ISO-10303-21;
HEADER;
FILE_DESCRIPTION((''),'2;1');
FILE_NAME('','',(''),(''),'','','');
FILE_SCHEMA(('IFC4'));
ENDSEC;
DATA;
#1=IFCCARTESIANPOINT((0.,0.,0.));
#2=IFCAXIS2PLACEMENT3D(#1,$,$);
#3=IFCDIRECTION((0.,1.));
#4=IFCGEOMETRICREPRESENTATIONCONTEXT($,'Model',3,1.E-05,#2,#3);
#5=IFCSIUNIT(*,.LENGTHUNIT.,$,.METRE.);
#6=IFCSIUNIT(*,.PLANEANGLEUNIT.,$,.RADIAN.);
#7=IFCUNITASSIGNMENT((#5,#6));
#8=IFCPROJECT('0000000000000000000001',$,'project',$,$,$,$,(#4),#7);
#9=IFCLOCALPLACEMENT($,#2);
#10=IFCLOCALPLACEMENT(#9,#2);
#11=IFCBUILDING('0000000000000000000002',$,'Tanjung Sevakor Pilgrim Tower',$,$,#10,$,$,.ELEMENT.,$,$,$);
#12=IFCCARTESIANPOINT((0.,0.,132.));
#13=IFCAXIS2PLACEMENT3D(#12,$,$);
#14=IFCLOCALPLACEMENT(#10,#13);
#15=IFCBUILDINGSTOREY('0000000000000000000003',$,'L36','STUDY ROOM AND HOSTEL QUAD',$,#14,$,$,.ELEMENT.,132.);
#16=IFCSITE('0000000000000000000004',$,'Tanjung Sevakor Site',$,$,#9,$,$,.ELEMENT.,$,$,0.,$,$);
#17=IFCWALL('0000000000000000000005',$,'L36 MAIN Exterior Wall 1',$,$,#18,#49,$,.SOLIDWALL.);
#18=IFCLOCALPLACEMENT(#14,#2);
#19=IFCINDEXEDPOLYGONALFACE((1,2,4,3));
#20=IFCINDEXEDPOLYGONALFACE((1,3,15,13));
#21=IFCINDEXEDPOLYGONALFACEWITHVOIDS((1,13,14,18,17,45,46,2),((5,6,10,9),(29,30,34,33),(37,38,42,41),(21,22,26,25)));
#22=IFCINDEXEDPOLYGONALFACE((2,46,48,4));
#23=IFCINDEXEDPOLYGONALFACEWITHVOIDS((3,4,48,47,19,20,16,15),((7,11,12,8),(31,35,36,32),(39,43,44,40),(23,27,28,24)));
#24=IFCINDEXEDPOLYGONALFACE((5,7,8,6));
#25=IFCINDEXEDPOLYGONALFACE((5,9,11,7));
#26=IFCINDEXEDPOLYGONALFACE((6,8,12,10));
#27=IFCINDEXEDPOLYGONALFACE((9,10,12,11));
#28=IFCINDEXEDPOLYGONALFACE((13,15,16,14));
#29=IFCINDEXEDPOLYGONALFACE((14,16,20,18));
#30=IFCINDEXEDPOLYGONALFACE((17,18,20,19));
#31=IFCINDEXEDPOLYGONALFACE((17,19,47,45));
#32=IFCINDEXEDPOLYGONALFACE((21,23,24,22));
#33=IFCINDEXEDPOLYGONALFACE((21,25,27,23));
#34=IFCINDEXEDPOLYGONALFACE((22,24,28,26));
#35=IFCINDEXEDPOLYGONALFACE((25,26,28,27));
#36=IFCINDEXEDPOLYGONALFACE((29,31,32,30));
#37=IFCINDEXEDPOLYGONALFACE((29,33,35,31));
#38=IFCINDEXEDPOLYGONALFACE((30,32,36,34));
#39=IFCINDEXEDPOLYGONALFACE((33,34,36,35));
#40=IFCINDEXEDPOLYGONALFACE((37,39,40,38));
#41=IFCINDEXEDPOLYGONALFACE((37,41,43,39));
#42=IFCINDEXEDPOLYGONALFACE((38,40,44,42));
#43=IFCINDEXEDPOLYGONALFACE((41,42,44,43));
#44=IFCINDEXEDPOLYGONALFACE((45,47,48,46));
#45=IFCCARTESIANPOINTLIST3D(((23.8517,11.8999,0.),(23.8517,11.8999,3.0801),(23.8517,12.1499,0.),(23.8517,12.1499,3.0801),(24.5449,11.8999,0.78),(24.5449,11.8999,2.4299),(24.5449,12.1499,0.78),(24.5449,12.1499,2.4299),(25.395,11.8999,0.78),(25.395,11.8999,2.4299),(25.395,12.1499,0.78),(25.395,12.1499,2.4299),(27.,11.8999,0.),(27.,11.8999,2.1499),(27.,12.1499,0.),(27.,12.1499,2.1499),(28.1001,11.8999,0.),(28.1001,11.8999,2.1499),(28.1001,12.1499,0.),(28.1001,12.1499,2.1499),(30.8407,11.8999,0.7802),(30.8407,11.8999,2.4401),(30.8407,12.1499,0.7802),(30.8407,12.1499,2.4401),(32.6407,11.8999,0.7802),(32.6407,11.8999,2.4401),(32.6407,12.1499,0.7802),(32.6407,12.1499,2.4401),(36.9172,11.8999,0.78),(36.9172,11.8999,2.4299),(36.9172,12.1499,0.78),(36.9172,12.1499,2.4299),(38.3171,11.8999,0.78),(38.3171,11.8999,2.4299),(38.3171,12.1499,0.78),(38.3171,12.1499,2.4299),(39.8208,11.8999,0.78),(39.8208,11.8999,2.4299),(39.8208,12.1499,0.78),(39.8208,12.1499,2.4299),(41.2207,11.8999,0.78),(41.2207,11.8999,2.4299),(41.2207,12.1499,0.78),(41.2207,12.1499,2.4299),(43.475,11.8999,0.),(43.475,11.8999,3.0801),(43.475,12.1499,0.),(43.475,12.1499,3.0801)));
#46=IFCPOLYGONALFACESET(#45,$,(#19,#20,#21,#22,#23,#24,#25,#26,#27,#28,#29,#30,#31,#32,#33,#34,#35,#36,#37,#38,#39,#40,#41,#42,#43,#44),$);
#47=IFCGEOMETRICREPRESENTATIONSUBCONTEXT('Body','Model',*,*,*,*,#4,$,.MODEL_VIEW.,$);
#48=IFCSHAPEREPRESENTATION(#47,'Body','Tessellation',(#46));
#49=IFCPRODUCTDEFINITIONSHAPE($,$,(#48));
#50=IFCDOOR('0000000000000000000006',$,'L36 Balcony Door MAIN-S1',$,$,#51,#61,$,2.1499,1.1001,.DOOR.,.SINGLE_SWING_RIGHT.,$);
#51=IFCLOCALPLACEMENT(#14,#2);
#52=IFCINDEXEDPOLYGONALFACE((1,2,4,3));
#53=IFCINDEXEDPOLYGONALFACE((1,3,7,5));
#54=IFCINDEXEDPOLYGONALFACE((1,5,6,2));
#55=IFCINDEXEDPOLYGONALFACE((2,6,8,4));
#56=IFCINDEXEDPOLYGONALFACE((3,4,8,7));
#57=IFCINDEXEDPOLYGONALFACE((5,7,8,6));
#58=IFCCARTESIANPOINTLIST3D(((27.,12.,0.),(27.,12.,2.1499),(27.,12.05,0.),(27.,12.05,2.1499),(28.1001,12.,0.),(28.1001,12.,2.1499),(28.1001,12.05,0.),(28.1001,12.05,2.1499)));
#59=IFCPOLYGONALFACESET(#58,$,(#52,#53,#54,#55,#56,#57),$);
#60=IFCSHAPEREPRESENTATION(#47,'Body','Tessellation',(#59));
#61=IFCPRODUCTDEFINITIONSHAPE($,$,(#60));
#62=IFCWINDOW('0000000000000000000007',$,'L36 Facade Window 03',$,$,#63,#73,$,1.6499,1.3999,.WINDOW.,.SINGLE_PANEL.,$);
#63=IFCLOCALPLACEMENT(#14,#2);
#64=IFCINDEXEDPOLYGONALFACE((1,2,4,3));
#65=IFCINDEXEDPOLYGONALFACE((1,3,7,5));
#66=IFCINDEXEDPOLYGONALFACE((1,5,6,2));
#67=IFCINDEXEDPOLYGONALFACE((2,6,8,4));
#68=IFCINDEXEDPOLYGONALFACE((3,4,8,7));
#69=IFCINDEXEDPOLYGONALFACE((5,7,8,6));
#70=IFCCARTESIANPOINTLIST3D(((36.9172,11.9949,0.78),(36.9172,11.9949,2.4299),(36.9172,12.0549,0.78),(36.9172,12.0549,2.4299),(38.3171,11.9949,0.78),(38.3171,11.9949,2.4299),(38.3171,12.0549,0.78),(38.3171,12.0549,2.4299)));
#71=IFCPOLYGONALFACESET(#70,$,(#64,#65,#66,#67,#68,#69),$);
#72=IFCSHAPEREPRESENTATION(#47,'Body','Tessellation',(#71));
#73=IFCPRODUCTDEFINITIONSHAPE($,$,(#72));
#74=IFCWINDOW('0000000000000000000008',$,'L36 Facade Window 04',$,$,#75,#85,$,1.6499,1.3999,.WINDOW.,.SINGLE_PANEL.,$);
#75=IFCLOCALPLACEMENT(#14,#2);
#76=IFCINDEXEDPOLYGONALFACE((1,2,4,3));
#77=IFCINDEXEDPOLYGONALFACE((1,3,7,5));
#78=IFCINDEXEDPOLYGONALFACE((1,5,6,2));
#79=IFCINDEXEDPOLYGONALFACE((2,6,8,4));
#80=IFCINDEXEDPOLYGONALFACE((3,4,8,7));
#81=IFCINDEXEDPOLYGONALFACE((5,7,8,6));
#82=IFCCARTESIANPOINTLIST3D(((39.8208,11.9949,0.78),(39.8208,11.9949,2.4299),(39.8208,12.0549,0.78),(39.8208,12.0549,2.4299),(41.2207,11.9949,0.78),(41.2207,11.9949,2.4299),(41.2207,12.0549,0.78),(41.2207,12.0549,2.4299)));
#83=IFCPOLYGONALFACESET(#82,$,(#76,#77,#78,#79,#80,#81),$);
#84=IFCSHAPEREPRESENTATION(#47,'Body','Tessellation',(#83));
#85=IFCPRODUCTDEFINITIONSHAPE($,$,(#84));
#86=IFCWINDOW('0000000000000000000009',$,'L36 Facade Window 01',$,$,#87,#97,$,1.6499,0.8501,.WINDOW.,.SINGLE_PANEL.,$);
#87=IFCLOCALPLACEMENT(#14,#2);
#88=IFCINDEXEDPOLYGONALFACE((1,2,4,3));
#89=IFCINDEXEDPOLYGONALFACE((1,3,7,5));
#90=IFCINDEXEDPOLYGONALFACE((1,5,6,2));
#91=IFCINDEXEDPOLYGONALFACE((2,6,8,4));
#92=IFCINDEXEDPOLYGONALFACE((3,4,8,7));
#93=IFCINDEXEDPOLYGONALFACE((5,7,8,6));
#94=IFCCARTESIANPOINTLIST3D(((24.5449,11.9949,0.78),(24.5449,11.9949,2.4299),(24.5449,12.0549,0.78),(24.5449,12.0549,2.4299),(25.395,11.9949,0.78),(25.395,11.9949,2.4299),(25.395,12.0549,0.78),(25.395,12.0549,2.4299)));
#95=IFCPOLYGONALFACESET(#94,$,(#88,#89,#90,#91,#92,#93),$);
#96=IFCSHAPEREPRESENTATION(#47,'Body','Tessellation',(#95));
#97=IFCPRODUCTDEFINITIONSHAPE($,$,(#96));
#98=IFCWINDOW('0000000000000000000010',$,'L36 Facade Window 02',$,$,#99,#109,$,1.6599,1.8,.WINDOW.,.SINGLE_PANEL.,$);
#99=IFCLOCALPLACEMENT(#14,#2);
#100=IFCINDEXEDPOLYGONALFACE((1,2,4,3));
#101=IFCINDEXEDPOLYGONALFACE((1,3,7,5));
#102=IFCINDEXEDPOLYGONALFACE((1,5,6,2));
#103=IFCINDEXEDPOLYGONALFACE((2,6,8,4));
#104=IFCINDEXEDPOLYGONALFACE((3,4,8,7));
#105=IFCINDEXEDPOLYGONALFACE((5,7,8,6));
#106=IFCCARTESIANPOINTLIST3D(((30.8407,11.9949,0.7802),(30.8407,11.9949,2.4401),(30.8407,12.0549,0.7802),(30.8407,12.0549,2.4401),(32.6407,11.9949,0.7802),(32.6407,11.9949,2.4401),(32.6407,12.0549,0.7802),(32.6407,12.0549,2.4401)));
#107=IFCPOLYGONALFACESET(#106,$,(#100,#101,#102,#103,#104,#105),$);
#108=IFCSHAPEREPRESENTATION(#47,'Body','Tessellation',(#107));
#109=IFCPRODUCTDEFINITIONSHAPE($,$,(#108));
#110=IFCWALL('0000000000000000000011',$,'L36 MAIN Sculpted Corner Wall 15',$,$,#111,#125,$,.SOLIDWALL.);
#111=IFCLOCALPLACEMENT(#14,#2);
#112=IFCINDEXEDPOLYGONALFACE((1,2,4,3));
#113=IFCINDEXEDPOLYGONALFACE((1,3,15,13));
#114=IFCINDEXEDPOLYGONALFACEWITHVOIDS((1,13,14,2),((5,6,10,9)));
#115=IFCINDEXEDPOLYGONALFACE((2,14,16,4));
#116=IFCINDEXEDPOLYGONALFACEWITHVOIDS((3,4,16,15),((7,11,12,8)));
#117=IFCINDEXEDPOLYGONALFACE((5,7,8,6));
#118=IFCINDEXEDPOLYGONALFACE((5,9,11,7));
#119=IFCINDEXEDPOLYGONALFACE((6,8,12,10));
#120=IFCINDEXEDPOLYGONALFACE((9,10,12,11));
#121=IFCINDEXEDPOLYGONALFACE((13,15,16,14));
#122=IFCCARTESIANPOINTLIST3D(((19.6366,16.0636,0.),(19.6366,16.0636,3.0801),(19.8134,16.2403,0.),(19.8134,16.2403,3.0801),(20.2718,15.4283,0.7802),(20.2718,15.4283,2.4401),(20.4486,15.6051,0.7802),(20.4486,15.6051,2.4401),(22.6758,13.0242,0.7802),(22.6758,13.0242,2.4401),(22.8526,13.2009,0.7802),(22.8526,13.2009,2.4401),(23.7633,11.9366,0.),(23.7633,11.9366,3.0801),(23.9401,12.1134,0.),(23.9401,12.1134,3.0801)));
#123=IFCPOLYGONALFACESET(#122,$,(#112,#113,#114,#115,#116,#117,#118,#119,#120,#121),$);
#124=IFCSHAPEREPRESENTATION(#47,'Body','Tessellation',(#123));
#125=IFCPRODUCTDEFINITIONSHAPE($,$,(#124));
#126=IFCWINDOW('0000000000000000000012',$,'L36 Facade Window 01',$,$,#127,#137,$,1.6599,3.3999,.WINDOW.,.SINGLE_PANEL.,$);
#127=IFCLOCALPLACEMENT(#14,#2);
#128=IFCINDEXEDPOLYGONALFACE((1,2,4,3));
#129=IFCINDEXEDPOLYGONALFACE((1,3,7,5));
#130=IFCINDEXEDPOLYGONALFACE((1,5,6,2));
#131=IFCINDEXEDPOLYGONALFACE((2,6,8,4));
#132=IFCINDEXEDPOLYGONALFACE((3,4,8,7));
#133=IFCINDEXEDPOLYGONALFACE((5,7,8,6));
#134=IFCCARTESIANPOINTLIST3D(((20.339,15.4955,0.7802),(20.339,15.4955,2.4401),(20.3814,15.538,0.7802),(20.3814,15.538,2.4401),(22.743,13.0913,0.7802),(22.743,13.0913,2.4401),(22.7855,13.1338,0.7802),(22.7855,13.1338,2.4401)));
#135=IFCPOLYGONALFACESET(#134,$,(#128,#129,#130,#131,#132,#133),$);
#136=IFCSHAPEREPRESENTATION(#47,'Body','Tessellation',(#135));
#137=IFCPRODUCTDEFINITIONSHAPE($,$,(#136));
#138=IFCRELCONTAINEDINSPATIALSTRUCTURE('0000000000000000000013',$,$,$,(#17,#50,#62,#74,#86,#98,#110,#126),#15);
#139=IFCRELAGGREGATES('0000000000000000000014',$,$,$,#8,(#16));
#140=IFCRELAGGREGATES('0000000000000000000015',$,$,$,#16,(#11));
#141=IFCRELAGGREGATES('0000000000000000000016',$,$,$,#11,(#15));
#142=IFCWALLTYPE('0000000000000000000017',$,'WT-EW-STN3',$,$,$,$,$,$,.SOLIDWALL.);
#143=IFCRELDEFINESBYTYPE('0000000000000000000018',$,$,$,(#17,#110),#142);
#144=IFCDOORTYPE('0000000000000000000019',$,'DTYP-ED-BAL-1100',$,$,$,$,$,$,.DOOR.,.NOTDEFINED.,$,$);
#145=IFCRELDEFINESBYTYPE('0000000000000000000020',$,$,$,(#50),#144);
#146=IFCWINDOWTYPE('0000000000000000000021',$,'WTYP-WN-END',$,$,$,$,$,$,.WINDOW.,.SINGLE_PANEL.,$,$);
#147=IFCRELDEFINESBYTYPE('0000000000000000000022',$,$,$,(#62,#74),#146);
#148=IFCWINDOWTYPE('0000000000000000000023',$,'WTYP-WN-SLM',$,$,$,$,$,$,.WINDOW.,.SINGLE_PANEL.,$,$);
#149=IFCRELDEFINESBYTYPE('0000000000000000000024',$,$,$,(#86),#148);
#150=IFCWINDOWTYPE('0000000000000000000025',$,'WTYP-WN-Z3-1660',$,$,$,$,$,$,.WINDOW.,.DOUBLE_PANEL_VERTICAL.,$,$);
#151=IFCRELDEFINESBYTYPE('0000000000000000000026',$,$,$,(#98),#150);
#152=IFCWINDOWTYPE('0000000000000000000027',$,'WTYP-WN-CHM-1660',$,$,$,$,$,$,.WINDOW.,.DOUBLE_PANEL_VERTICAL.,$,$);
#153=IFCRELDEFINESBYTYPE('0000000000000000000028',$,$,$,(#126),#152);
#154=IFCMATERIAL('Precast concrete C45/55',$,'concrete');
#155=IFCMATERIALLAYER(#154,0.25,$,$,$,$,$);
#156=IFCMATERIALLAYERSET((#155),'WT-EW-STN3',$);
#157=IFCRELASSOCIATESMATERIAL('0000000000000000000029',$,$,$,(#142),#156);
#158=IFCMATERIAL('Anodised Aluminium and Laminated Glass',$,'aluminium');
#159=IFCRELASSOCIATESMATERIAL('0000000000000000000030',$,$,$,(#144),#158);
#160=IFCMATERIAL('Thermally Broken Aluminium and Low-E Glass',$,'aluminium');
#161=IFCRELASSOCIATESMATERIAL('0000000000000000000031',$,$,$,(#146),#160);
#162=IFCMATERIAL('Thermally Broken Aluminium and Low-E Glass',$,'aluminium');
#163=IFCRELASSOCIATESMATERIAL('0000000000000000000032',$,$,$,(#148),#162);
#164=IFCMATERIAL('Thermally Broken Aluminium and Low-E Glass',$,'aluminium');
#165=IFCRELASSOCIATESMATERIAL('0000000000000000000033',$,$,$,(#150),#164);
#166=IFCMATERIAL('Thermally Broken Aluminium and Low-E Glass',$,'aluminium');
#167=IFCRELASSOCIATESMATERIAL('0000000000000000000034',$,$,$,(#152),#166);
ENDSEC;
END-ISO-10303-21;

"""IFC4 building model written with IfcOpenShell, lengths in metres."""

from ifc_helpers import new_model, si_unit, direction, frame, frame_2d, origin, place, context, subcontext, project, spatial, rectangle, extrude, material, layer, layer_set, type_object, element, fill, save


model = new_model("IFC4")

# Units and contexts
model_context = context("Model", 3, precision=1e-05, world=origin(), true_north=direction((0.0, 1.0)))
body_context = subcontext(model_context, "Body", "Model", "MODEL_VIEW")
ifc_project = project(units=[si_unit("LENGTHUNIT", "METRE"), si_unit("PLANEANGLEUNIT", "RADIAN")], contexts=[model_context])

# Site, building, storey
site_placement = place(None, origin())
site = spatial("IfcSite", under=ifc_project, at=site_placement, Name="Tanjung Sevakor Site", CompositionType="ELEMENT", RefElevation=0.0)
building_placement = place(site_placement, origin())
building = spatial("IfcBuilding", under=site, at=building_placement, Name="Tanjung Sevakor Pilgrim Tower", CompositionType="ELEMENT")
storey_placement = place(building_placement, frame((0.0, 0.0, 132.0)))
storey = spatial("IfcBuildingStorey", under=building, at=storey_placement, Name="L36", Description="STUDY ROOM AND HOSTEL QUAD", CompositionType="ELEMENT", Elevation=132.0)

# Wall, openings, door, windows
ifc_material_1 = material(Name="Precast concrete C45/55", Category="concrete")
ifc_layer_1 = layer(ifc_material_1, 0.25)
ifc_layer_set_1 = layer_set([ifc_layer_1], Name="WT-EW-STN3")
wall_type_1 = type_object("IfcWallType", Name="WT-EW-STN3", PredefinedType="SOLIDWALL", material=ifc_layer_set_1)
wall_1_placement = place(storey_placement, frame((23.8518, 12.0249, 0.0), z_axis=(0.0, 0.0, 1.0), x_axis=(1.0, 0.0, 0.0)))
wall_1 = element("IfcWall", 1, at=wall_1_placement, inside=storey, type_object=wall_type_1, Name="L36 MAIN Exterior Wall 1", PredefinedType="SOLIDWALL", context=body_context, shape_type="SweptSolid", body=[
    extrude(rectangle(XDim=19.6233, YDim=0.25, at=frame_2d((9.8115, 0.0))), origin(), (0.0, 0.0, 1.0), 3.0801),
])
opening_1_placement = place(wall_1_placement, frame((3.1482, 0.0, 0.0)))
opening_1 = element("IfcOpeningElement", 2, at=opening_1_placement, cuts=wall_1, PredefinedType="OPENING", context=body_context, shape_type="SweptSolid", body=[
    extrude(rectangle(XDim=1.1001, YDim=2.1499, at=frame_2d((0.55, 1.075))), frame((0.0, 0.135, 0.0), z_axis=(0.0, -1.0, 0.0), x_axis=(1.0, 0.0, 0.0)), (0.0, 0.0, 1.0), 0.27),
])
opening_2_placement = place(wall_1_placement, frame((0.6931, 0.0, 0.78)))
opening_2 = element("IfcOpeningElement", 3, at=opening_2_placement, cuts=wall_1, PredefinedType="OPENING", context=body_context, shape_type="SweptSolid", body=[
    extrude(rectangle(XDim=0.8501, YDim=1.6499, at=frame_2d((0.425, 0.825))), frame((0.0, 0.135, 0.0), z_axis=(0.0, -1.0, 0.0), x_axis=(1.0, 0.0, 0.0)), (0.0, 0.0, 1.0), 0.27),
])
opening_3_placement = place(wall_1_placement, frame((6.989, 0.0, 0.78)))
opening_3 = element("IfcOpeningElement", 4, at=opening_3_placement, cuts=wall_1, PredefinedType="OPENING", context=body_context, shape_type="SweptSolid", body=[
    extrude(rectangle(XDim=1.8, YDim=1.6599, at=frame_2d((0.8999, 0.8301))), frame((0.0, 0.135, 0.0), z_axis=(0.0, -1.0, 0.0), x_axis=(1.0, 0.0, 0.0)), (0.0, 0.0, 1.0), 0.27),
])
opening_4_placement = place(wall_1_placement, frame((13.0654, 0.0, 0.78)))
opening_4 = element("IfcOpeningElement", 5, at=opening_4_placement, cuts=wall_1, PredefinedType="OPENING", context=body_context, shape_type="SweptSolid", body=[
    extrude(rectangle(XDim=1.3999, YDim=1.6499, at=frame_2d((0.7, 0.825))), frame((0.0, 0.135, 0.0), z_axis=(0.0, -1.0, 0.0), x_axis=(1.0, 0.0, 0.0)), (0.0, 0.0, 1.0), 0.27),
])
opening_5_placement = place(wall_1_placement, frame((15.969, 0.0, 0.78)))
opening_5 = element("IfcOpeningElement", 6, at=opening_5_placement, cuts=wall_1, PredefinedType="OPENING", context=body_context, shape_type="SweptSolid", body=[
    extrude(rectangle(XDim=1.3999, YDim=1.6499, at=frame_2d((0.7, 0.825))), frame((0.0, 0.135, 0.0), z_axis=(0.0, -1.0, 0.0), x_axis=(1.0, 0.0, 0.0)), (0.0, 0.0, 1.0), 0.27),
])
ifc_material_2 = material(Name="Anodised Aluminium and Laminated Glass", Category="aluminium")
door_type_1 = type_object("IfcDoorType", Name="DTYP-ED-BAL-1100", OperationType="NOTDEFINED", PredefinedType="DOOR", material=ifc_material_2)
door_1_placement = place(opening_1_placement, frame((1.1001, 0.0, 0.0), z_axis=(0.0, 0.0, 1.0), x_axis=(-1.0, 0.0, 0.0)))
door_1 = element("IfcDoor", 7, at=door_1_placement, inside=storey, type_object=door_type_1, Name="L36 Balcony Door MAIN-S1", OperationType="SINGLE_SWING_RIGHT", OverallHeight=2.1499, OverallWidth=1.1001, PredefinedType="DOOR", context=body_context, shape_type="SweptSolid", body=[
    extrude(rectangle(XDim=1.1001, YDim=2.1499, at=frame_2d((0.55, 1.075))), frame((0.0, 0.0249, 0.0), z_axis=(0.0, -1.0, 0.0), x_axis=(1.0, 0.0, 0.0)), (0.0, 0.0, 1.0), 0.05),
])
fill(opening_1, door_1)
ifc_material_3 = material(Name="Thermally Broken Aluminium and Low-E Glass", Category="aluminium")
window_type_1 = type_object("IfcWindowType", Name="WTYP-WN-END", PartitioningType="SINGLE_PANEL", PredefinedType="WINDOW", material=ifc_material_3)
window_1_placement = place(opening_4_placement, origin())
window_1 = element("IfcWindow", 8, at=window_1_placement, inside=storey, type_object=window_type_1, Name="L36 Facade Window 03", OverallHeight=1.6499, OverallWidth=1.3999, PartitioningType="SINGLE_PANEL", PredefinedType="WINDOW", context=body_context, shape_type="SweptSolid", body=[
    extrude(rectangle(XDim=1.3999, YDim=1.6499, at=frame_2d((0.7, 0.825))), frame((0.0, 0.03, 0.0), z_axis=(0.0, -1.0, 0.0), x_axis=(1.0, 0.0, 0.0)), (0.0, 0.0, 1.0), 0.0601),
])
fill(opening_4, window_1)
window_2_placement = place(opening_5_placement, origin())
window_2 = element("IfcWindow", 9, at=window_2_placement, inside=storey, type_object=window_type_1, Name="L36 Facade Window 04", OverallHeight=1.6499, OverallWidth=1.3999, PartitioningType="SINGLE_PANEL", PredefinedType="WINDOW", context=body_context, shape_type="SweptSolid", body=[
    extrude(rectangle(XDim=1.3999, YDim=1.6499, at=frame_2d((0.7, 0.825))), frame((0.0, 0.03, 0.0), z_axis=(0.0, -1.0, 0.0), x_axis=(1.0, 0.0, 0.0)), (0.0, 0.0, 1.0), 0.0601),
])
fill(opening_5, window_2)
ifc_material_4 = material(Name="Thermally Broken Aluminium and Low-E Glass", Category="aluminium")
window_type_2 = type_object("IfcWindowType", Name="WTYP-WN-SLM", PartitioningType="SINGLE_PANEL", PredefinedType="WINDOW", material=ifc_material_4)
window_3_placement = place(opening_2_placement, origin())
window_3 = element("IfcWindow", 10, at=window_3_placement, inside=storey, type_object=window_type_2, Name="L36 Facade Window 01", OverallHeight=1.6499, OverallWidth=0.8501, PartitioningType="SINGLE_PANEL", PredefinedType="WINDOW", context=body_context, shape_type="SweptSolid", body=[
    extrude(rectangle(XDim=0.8501, YDim=1.6499, at=frame_2d((0.425, 0.825))), frame((0.0, 0.03, 0.0), z_axis=(0.0, -1.0, 0.0), x_axis=(1.0, 0.0, 0.0)), (0.0, 0.0, 1.0), 0.0601),
])
fill(opening_2, window_3)
ifc_material_5 = material(Name="Thermally Broken Aluminium and Low-E Glass", Category="aluminium")
window_type_3 = type_object("IfcWindowType", Name="WTYP-WN-Z3-1660", PartitioningType="DOUBLE_PANEL_VERTICAL", PredefinedType="WINDOW", material=ifc_material_5)
window_4_placement = place(opening_3_placement, origin())
window_4 = element("IfcWindow", 11, at=window_4_placement, inside=storey, type_object=window_type_3, Name="L36 Facade Window 02", OverallHeight=1.6599, OverallWidth=1.8, PartitioningType="SINGLE_PANEL", PredefinedType="WINDOW", context=body_context, shape_type="SweptSolid", body=[
    extrude(rectangle(XDim=1.8, YDim=1.6599, at=frame_2d((0.8999, 0.8301))), frame((0.0, 0.03, 0.0), z_axis=(0.0, -1.0, 0.0), x_axis=(1.0, 0.0, 0.0)), (0.0, 0.0, 1.0), 0.0601),
])
fill(opening_3, window_4)

# Wall, opening, window
wall_2_placement = place(storey_placement, frame((19.7251, 16.1519, 0.0), z_axis=(0.0, 0.0, 1.0), x_axis=(0.707086, -0.707128, 0.0)))
wall_2 = element("IfcWall", 12, at=wall_2_placement, inside=storey, type_object=wall_type_1, Name="L36 MAIN Sculpted Corner Wall 15", PredefinedType="SOLIDWALL", context=body_context, shape_type="SweptSolid", body=[
    extrude(rectangle(XDim=5.8362, YDim=0.25, at=frame_2d((2.918, 0.0))), origin(), (0.0, 0.0, 1.0), 3.0801),
])
opening_6_placement = place(wall_2_placement, frame((0.8982, 0.0, 0.78)))
opening_6 = element("IfcOpeningElement", 13, at=opening_6_placement, cuts=wall_2, PredefinedType="OPENING", context=body_context, shape_type="SweptSolid", body=[
    extrude(rectangle(XDim=3.3999, YDim=1.6599, at=frame_2d((1.7, 0.8301))), frame((0.0, 0.135, 0.0), z_axis=(0.0, -1.0, 0.0), x_axis=(1.0, 0.0, 0.0)), (0.0, 0.0, 1.0), 0.27),
])
ifc_material_6 = material(Name="Thermally Broken Aluminium and Low-E Glass", Category="aluminium")
window_type_4 = type_object("IfcWindowType", Name="WTYP-WN-CHM-1660", PartitioningType="DOUBLE_PANEL_VERTICAL", PredefinedType="WINDOW", material=ifc_material_6)
window_5_placement = place(opening_6_placement, origin())
window_5 = element("IfcWindow", 14, at=window_5_placement, inside=storey, type_object=window_type_4, Name="L36 Facade Window 01", OverallHeight=1.6599, OverallWidth=3.3999, PartitioningType="SINGLE_PANEL", PredefinedType="WINDOW", context=body_context, shape_type="SweptSolid", body=[
    extrude(rectangle(XDim=3.3999, YDim=1.6599, at=frame_2d((1.7, 0.8301))), frame((0.0, 0.03, 0.0), z_axis=(0.0, -1.0, 0.0), x_axis=(1.0, 0.0, 0.0)), (0.0, 0.0, 1.0), 0.0601),
])
fill(opening_6, window_5)

save(model, "model.ifc")
